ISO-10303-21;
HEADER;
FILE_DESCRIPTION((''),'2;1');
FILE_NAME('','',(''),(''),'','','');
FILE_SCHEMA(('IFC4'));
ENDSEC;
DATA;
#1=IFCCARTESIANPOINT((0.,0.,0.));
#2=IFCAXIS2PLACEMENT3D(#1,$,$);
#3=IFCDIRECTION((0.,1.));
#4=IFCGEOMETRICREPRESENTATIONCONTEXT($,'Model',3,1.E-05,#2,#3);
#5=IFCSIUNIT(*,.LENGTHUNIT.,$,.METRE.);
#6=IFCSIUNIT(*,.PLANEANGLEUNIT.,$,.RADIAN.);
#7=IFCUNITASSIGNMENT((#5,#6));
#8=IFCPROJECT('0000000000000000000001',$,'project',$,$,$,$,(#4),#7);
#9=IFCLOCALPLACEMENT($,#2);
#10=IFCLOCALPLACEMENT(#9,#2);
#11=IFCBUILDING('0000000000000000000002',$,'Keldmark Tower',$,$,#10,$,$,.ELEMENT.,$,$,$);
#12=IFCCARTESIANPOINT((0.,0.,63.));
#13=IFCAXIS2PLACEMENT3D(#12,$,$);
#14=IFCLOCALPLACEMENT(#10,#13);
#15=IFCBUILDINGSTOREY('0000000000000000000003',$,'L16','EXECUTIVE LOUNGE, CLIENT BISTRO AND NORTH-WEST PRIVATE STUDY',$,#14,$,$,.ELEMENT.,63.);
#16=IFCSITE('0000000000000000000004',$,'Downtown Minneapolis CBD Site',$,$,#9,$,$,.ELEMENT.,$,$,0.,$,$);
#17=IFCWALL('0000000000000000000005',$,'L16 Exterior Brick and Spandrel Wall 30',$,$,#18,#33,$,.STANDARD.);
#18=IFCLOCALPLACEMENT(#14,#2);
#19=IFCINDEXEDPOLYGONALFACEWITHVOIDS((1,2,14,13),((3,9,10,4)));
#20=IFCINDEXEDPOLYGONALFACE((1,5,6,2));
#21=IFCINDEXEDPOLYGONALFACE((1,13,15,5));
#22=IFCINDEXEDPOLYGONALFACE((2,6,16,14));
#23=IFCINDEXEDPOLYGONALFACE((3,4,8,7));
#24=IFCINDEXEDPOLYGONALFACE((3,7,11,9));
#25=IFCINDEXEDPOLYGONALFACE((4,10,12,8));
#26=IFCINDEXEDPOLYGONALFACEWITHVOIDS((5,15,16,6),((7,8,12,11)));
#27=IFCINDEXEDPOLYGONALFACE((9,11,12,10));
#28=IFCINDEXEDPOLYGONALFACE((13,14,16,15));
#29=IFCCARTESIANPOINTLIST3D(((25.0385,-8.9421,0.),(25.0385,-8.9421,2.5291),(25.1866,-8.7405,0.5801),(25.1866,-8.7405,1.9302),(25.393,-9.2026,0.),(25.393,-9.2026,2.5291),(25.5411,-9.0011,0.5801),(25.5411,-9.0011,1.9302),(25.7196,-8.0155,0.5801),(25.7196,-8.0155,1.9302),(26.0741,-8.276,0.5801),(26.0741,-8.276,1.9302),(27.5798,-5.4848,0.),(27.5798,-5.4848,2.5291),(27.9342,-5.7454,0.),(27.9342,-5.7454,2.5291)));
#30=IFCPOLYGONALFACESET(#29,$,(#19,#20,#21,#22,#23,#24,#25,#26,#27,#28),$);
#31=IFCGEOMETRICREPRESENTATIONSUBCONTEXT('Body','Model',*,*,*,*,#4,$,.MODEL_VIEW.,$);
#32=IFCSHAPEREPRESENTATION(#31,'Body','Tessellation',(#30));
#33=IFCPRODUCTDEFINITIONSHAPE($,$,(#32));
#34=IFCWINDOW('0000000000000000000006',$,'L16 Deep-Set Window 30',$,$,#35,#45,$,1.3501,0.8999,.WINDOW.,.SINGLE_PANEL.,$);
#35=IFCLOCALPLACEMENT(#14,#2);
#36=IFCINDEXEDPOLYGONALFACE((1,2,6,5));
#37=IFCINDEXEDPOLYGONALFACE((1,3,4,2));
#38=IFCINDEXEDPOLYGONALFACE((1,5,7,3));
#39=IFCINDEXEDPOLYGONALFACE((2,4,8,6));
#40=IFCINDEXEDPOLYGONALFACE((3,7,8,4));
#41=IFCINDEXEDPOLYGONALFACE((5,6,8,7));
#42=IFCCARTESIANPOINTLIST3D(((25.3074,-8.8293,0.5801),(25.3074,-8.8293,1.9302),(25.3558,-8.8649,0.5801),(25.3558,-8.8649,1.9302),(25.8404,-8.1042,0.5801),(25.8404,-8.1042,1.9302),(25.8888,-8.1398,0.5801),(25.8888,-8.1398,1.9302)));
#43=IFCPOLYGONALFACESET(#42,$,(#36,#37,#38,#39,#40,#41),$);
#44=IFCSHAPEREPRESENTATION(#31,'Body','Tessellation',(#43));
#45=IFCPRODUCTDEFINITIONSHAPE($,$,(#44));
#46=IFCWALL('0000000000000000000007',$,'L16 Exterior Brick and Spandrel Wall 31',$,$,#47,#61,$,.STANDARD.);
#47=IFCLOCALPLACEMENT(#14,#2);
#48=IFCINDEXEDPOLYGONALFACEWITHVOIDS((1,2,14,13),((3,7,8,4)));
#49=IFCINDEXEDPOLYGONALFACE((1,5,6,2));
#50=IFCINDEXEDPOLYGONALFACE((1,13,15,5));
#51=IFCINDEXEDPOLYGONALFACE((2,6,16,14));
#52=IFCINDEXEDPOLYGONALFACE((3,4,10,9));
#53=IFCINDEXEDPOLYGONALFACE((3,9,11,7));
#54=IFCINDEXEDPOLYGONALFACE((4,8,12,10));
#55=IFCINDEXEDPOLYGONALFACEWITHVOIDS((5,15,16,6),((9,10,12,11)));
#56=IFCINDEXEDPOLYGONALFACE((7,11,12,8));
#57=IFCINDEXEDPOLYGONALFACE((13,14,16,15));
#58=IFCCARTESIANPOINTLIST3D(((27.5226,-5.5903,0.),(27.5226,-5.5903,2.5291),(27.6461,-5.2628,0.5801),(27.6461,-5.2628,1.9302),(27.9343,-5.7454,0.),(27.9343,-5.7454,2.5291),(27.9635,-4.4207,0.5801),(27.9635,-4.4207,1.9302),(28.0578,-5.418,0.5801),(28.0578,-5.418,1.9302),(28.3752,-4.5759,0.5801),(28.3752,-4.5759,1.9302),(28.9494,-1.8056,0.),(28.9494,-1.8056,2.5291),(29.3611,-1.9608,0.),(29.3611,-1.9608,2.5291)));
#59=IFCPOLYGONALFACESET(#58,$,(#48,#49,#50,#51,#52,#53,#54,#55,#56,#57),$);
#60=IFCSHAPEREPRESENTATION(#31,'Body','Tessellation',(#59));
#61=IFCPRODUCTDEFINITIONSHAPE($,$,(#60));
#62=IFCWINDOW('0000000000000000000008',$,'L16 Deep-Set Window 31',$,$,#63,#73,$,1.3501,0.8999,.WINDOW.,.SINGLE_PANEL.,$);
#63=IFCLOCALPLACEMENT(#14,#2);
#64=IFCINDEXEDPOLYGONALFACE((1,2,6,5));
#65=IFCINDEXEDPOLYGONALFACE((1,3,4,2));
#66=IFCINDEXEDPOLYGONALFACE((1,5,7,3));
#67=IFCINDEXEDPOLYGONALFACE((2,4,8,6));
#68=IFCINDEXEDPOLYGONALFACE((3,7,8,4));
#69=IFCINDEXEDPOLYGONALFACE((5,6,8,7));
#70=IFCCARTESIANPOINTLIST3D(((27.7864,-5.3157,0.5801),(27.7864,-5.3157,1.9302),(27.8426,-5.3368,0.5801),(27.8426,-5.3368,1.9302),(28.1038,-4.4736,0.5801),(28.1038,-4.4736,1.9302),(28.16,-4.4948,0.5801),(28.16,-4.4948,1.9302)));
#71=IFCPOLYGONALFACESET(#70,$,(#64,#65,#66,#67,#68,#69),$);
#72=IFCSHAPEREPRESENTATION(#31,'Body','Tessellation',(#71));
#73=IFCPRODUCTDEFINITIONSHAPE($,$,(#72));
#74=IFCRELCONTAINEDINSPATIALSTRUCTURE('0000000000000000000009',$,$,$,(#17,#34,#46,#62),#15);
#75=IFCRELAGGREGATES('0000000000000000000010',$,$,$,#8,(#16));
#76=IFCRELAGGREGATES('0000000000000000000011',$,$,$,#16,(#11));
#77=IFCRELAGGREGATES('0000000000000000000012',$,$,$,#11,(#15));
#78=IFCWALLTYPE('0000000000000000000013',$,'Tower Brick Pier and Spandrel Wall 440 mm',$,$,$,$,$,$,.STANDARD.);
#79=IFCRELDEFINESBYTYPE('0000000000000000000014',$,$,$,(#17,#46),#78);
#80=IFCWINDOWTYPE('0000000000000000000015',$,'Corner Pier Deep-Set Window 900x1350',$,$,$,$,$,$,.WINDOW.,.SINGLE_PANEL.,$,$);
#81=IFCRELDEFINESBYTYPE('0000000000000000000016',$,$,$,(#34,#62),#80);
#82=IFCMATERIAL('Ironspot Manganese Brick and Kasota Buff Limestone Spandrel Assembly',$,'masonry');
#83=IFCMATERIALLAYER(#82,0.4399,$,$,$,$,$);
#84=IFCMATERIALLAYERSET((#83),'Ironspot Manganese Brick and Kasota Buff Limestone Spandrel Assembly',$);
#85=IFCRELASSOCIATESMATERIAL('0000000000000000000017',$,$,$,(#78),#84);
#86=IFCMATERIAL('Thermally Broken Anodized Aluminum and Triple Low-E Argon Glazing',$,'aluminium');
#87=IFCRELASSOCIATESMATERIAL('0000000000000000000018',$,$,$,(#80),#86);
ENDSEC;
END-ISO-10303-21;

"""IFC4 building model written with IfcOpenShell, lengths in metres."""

from ifc_helpers import new_model, si_unit, direction, frame, frame_2d, origin, place, context, subcontext, project, spatial, rectangle, extrude, material, layer, layer_set, type_object, element, fill, save


model = new_model("IFC4")

# Units and contexts
model_context = context("Model", 3, precision=1e-05, world=origin(), true_north=direction((0.0, 1.0)))
body_context = subcontext(model_context, "Body", "Model", "MODEL_VIEW")
ifc_project = project(units=[si_unit("LENGTHUNIT", "METRE"), si_unit("PLANEANGLEUNIT", "RADIAN")], contexts=[model_context])

# Site, building, storey
site_placement = place(None, origin())
site = spatial("IfcSite", under=ifc_project, at=site_placement, Name="Downtown Minneapolis CBD Site", CompositionType="ELEMENT", RefElevation=0.0)
building_placement = place(site_placement, origin())
building = spatial("IfcBuilding", under=site, at=building_placement, Name="Keldmark Tower", CompositionType="ELEMENT")
storey_placement = place(building_placement, frame((0.0, 0.0, 63.0)))
storey = spatial("IfcBuildingStorey", under=building, at=storey_placement, Name="L16", Description="EXECUTIVE LOUNGE, CLIENT BISTRO AND NORTH-WEST PRIVATE STUDY", CompositionType="ELEMENT", Elevation=63.0)

# Walls, openings, windows
ifc_material_1 = material(Name="Ironspot Manganese Brick and Kasota Buff Limestone Spandrel Assembly", Category="masonry")
ifc_layer_1 = layer(ifc_material_1, 0.4399)
ifc_layer_set_1 = layer_set([ifc_layer_1], Name="Ironspot Manganese Brick and Kasota Buff Limestone Spandrel Assembly")
wall_type_1 = type_object("IfcWallType", Name="Tower Brick Pier and Spandrel Wall 440 mm", PredefinedType="STANDARD", material=ifc_layer_set_1)
wall_1_placement = place(storey_placement, frame((27.7571, -5.615, 0.0), z_axis=(0.0, 0.0, 1.0), x_axis=(-0.592261, -0.805746, 0.0)))
wall_1 = element("IfcWall", 1, at=wall_1_placement, inside=storey, type_object=wall_type_1, Name="L16 Exterior Brick and Spandrel Wall 30", PredefinedType="STANDARD", context=body_context, shape_type="SweptSolid", body=[
    extrude(rectangle(XDim=4.2908, YDim=0.4399, at=frame_2d((2.1455, 0.0))), origin(), (0.0, 0.0, 1.0), 2.5291),
])
opening_1_placement = place(wall_1_placement, frame((3.1409, 0.0, 0.5801)))
opening_1 = element("IfcOpeningElement", 2, at=opening_1_placement, cuts=wall_1, PredefinedType="OPENING", context=body_context, shape_type="SweptSolid", body=[
    extrude(rectangle(XDim=0.8999, YDim=1.3501, at=frame_2d((0.45, 0.675))), frame((0.0, 0.23, 0.0), z_axis=(0.0, -1.0, 0.0), x_axis=(1.0, 0.0, 0.0)), (0.0, 0.0, 1.0), 0.46),
])
ifc_material_2 = material(Name="Thermally Broken Anodized Aluminum and Triple Low-E Argon Glazing", Category="aluminium")
window_type = type_object("IfcWindowType", Name="Corner Pier Deep-Set Window 900x1350", PartitioningType="SINGLE_PANEL", PredefinedType="WINDOW", material=ifc_material_2)
window_1_placement = place(opening_1_placement, origin())
window_1 = element("IfcWindow", 3, at=window_1_placement, inside=storey, type_object=window_type, Name="L16 Deep-Set Window 30", OverallHeight=1.3501, OverallWidth=0.8999, PartitioningType="SINGLE_PANEL", PredefinedType="WINDOW", context=body_context, shape_type="SweptSolid", body=[
    extrude(rectangle(XDim=0.8999, YDim=1.3501, at=frame_2d((0.45, 0.675))), frame((0.0, -0.01, 0.0), z_axis=(0.0, -1.0, 0.0), x_axis=(1.0, 0.0, 0.0)), (0.0, 0.0, 1.0), 0.0601),
])
fill(opening_1, window_1)
wall_2_placement = place(storey_placement, frame((29.1553, -1.8831, 0.0), z_axis=(0.0, 0.0, 1.0), x_axis=(-0.35275, -0.935718, 0.0)))
wall_2 = element("IfcWall", 4, at=wall_2_placement, inside=storey, type_object=wall_type_1, Name="L16 Exterior Brick and Spandrel Wall 31", PredefinedType="STANDARD", context=body_context, shape_type="SweptSolid", body=[
    extrude(rectangle(XDim=4.0447, YDim=0.4399, at=frame_2d((2.0225, 0.0))), origin(), (0.0, 0.0, 1.0), 2.5291),
])
opening_2_placement = place(wall_2_placement, frame((2.7949, 0.0, 0.5801)))
opening_2 = element("IfcOpeningElement", 5, at=opening_2_placement, cuts=wall_2, PredefinedType="OPENING", context=body_context, shape_type="SweptSolid", body=[
    extrude(rectangle(XDim=0.8999, YDim=1.3501, at=frame_2d((0.45, 0.675))), frame((0.0, 0.23, 0.0), z_axis=(0.0, -1.0, 0.0), x_axis=(1.0, 0.0, 0.0)), (0.0, 0.0, 1.0), 0.46),
])
window_2_placement = place(opening_2_placement, origin())
window_2 = element("IfcWindow", 6, at=window_2_placement, inside=storey, type_object=window_type, Name="L16 Deep-Set Window 31", OverallHeight=1.3501, OverallWidth=0.8999, PartitioningType="SINGLE_PANEL", PredefinedType="WINDOW", context=body_context, shape_type="SweptSolid", body=[
    extrude(rectangle(XDim=0.8999, YDim=1.3501, at=frame_2d((0.45, 0.675))), frame((0.0, -0.01, 0.0), z_axis=(0.0, -1.0, 0.0), x_axis=(1.0, 0.0, 0.0)), (0.0, 0.0, 1.0), 0.0601),
])
fill(opening_2, window_2)

save(model, "model.ifc")
